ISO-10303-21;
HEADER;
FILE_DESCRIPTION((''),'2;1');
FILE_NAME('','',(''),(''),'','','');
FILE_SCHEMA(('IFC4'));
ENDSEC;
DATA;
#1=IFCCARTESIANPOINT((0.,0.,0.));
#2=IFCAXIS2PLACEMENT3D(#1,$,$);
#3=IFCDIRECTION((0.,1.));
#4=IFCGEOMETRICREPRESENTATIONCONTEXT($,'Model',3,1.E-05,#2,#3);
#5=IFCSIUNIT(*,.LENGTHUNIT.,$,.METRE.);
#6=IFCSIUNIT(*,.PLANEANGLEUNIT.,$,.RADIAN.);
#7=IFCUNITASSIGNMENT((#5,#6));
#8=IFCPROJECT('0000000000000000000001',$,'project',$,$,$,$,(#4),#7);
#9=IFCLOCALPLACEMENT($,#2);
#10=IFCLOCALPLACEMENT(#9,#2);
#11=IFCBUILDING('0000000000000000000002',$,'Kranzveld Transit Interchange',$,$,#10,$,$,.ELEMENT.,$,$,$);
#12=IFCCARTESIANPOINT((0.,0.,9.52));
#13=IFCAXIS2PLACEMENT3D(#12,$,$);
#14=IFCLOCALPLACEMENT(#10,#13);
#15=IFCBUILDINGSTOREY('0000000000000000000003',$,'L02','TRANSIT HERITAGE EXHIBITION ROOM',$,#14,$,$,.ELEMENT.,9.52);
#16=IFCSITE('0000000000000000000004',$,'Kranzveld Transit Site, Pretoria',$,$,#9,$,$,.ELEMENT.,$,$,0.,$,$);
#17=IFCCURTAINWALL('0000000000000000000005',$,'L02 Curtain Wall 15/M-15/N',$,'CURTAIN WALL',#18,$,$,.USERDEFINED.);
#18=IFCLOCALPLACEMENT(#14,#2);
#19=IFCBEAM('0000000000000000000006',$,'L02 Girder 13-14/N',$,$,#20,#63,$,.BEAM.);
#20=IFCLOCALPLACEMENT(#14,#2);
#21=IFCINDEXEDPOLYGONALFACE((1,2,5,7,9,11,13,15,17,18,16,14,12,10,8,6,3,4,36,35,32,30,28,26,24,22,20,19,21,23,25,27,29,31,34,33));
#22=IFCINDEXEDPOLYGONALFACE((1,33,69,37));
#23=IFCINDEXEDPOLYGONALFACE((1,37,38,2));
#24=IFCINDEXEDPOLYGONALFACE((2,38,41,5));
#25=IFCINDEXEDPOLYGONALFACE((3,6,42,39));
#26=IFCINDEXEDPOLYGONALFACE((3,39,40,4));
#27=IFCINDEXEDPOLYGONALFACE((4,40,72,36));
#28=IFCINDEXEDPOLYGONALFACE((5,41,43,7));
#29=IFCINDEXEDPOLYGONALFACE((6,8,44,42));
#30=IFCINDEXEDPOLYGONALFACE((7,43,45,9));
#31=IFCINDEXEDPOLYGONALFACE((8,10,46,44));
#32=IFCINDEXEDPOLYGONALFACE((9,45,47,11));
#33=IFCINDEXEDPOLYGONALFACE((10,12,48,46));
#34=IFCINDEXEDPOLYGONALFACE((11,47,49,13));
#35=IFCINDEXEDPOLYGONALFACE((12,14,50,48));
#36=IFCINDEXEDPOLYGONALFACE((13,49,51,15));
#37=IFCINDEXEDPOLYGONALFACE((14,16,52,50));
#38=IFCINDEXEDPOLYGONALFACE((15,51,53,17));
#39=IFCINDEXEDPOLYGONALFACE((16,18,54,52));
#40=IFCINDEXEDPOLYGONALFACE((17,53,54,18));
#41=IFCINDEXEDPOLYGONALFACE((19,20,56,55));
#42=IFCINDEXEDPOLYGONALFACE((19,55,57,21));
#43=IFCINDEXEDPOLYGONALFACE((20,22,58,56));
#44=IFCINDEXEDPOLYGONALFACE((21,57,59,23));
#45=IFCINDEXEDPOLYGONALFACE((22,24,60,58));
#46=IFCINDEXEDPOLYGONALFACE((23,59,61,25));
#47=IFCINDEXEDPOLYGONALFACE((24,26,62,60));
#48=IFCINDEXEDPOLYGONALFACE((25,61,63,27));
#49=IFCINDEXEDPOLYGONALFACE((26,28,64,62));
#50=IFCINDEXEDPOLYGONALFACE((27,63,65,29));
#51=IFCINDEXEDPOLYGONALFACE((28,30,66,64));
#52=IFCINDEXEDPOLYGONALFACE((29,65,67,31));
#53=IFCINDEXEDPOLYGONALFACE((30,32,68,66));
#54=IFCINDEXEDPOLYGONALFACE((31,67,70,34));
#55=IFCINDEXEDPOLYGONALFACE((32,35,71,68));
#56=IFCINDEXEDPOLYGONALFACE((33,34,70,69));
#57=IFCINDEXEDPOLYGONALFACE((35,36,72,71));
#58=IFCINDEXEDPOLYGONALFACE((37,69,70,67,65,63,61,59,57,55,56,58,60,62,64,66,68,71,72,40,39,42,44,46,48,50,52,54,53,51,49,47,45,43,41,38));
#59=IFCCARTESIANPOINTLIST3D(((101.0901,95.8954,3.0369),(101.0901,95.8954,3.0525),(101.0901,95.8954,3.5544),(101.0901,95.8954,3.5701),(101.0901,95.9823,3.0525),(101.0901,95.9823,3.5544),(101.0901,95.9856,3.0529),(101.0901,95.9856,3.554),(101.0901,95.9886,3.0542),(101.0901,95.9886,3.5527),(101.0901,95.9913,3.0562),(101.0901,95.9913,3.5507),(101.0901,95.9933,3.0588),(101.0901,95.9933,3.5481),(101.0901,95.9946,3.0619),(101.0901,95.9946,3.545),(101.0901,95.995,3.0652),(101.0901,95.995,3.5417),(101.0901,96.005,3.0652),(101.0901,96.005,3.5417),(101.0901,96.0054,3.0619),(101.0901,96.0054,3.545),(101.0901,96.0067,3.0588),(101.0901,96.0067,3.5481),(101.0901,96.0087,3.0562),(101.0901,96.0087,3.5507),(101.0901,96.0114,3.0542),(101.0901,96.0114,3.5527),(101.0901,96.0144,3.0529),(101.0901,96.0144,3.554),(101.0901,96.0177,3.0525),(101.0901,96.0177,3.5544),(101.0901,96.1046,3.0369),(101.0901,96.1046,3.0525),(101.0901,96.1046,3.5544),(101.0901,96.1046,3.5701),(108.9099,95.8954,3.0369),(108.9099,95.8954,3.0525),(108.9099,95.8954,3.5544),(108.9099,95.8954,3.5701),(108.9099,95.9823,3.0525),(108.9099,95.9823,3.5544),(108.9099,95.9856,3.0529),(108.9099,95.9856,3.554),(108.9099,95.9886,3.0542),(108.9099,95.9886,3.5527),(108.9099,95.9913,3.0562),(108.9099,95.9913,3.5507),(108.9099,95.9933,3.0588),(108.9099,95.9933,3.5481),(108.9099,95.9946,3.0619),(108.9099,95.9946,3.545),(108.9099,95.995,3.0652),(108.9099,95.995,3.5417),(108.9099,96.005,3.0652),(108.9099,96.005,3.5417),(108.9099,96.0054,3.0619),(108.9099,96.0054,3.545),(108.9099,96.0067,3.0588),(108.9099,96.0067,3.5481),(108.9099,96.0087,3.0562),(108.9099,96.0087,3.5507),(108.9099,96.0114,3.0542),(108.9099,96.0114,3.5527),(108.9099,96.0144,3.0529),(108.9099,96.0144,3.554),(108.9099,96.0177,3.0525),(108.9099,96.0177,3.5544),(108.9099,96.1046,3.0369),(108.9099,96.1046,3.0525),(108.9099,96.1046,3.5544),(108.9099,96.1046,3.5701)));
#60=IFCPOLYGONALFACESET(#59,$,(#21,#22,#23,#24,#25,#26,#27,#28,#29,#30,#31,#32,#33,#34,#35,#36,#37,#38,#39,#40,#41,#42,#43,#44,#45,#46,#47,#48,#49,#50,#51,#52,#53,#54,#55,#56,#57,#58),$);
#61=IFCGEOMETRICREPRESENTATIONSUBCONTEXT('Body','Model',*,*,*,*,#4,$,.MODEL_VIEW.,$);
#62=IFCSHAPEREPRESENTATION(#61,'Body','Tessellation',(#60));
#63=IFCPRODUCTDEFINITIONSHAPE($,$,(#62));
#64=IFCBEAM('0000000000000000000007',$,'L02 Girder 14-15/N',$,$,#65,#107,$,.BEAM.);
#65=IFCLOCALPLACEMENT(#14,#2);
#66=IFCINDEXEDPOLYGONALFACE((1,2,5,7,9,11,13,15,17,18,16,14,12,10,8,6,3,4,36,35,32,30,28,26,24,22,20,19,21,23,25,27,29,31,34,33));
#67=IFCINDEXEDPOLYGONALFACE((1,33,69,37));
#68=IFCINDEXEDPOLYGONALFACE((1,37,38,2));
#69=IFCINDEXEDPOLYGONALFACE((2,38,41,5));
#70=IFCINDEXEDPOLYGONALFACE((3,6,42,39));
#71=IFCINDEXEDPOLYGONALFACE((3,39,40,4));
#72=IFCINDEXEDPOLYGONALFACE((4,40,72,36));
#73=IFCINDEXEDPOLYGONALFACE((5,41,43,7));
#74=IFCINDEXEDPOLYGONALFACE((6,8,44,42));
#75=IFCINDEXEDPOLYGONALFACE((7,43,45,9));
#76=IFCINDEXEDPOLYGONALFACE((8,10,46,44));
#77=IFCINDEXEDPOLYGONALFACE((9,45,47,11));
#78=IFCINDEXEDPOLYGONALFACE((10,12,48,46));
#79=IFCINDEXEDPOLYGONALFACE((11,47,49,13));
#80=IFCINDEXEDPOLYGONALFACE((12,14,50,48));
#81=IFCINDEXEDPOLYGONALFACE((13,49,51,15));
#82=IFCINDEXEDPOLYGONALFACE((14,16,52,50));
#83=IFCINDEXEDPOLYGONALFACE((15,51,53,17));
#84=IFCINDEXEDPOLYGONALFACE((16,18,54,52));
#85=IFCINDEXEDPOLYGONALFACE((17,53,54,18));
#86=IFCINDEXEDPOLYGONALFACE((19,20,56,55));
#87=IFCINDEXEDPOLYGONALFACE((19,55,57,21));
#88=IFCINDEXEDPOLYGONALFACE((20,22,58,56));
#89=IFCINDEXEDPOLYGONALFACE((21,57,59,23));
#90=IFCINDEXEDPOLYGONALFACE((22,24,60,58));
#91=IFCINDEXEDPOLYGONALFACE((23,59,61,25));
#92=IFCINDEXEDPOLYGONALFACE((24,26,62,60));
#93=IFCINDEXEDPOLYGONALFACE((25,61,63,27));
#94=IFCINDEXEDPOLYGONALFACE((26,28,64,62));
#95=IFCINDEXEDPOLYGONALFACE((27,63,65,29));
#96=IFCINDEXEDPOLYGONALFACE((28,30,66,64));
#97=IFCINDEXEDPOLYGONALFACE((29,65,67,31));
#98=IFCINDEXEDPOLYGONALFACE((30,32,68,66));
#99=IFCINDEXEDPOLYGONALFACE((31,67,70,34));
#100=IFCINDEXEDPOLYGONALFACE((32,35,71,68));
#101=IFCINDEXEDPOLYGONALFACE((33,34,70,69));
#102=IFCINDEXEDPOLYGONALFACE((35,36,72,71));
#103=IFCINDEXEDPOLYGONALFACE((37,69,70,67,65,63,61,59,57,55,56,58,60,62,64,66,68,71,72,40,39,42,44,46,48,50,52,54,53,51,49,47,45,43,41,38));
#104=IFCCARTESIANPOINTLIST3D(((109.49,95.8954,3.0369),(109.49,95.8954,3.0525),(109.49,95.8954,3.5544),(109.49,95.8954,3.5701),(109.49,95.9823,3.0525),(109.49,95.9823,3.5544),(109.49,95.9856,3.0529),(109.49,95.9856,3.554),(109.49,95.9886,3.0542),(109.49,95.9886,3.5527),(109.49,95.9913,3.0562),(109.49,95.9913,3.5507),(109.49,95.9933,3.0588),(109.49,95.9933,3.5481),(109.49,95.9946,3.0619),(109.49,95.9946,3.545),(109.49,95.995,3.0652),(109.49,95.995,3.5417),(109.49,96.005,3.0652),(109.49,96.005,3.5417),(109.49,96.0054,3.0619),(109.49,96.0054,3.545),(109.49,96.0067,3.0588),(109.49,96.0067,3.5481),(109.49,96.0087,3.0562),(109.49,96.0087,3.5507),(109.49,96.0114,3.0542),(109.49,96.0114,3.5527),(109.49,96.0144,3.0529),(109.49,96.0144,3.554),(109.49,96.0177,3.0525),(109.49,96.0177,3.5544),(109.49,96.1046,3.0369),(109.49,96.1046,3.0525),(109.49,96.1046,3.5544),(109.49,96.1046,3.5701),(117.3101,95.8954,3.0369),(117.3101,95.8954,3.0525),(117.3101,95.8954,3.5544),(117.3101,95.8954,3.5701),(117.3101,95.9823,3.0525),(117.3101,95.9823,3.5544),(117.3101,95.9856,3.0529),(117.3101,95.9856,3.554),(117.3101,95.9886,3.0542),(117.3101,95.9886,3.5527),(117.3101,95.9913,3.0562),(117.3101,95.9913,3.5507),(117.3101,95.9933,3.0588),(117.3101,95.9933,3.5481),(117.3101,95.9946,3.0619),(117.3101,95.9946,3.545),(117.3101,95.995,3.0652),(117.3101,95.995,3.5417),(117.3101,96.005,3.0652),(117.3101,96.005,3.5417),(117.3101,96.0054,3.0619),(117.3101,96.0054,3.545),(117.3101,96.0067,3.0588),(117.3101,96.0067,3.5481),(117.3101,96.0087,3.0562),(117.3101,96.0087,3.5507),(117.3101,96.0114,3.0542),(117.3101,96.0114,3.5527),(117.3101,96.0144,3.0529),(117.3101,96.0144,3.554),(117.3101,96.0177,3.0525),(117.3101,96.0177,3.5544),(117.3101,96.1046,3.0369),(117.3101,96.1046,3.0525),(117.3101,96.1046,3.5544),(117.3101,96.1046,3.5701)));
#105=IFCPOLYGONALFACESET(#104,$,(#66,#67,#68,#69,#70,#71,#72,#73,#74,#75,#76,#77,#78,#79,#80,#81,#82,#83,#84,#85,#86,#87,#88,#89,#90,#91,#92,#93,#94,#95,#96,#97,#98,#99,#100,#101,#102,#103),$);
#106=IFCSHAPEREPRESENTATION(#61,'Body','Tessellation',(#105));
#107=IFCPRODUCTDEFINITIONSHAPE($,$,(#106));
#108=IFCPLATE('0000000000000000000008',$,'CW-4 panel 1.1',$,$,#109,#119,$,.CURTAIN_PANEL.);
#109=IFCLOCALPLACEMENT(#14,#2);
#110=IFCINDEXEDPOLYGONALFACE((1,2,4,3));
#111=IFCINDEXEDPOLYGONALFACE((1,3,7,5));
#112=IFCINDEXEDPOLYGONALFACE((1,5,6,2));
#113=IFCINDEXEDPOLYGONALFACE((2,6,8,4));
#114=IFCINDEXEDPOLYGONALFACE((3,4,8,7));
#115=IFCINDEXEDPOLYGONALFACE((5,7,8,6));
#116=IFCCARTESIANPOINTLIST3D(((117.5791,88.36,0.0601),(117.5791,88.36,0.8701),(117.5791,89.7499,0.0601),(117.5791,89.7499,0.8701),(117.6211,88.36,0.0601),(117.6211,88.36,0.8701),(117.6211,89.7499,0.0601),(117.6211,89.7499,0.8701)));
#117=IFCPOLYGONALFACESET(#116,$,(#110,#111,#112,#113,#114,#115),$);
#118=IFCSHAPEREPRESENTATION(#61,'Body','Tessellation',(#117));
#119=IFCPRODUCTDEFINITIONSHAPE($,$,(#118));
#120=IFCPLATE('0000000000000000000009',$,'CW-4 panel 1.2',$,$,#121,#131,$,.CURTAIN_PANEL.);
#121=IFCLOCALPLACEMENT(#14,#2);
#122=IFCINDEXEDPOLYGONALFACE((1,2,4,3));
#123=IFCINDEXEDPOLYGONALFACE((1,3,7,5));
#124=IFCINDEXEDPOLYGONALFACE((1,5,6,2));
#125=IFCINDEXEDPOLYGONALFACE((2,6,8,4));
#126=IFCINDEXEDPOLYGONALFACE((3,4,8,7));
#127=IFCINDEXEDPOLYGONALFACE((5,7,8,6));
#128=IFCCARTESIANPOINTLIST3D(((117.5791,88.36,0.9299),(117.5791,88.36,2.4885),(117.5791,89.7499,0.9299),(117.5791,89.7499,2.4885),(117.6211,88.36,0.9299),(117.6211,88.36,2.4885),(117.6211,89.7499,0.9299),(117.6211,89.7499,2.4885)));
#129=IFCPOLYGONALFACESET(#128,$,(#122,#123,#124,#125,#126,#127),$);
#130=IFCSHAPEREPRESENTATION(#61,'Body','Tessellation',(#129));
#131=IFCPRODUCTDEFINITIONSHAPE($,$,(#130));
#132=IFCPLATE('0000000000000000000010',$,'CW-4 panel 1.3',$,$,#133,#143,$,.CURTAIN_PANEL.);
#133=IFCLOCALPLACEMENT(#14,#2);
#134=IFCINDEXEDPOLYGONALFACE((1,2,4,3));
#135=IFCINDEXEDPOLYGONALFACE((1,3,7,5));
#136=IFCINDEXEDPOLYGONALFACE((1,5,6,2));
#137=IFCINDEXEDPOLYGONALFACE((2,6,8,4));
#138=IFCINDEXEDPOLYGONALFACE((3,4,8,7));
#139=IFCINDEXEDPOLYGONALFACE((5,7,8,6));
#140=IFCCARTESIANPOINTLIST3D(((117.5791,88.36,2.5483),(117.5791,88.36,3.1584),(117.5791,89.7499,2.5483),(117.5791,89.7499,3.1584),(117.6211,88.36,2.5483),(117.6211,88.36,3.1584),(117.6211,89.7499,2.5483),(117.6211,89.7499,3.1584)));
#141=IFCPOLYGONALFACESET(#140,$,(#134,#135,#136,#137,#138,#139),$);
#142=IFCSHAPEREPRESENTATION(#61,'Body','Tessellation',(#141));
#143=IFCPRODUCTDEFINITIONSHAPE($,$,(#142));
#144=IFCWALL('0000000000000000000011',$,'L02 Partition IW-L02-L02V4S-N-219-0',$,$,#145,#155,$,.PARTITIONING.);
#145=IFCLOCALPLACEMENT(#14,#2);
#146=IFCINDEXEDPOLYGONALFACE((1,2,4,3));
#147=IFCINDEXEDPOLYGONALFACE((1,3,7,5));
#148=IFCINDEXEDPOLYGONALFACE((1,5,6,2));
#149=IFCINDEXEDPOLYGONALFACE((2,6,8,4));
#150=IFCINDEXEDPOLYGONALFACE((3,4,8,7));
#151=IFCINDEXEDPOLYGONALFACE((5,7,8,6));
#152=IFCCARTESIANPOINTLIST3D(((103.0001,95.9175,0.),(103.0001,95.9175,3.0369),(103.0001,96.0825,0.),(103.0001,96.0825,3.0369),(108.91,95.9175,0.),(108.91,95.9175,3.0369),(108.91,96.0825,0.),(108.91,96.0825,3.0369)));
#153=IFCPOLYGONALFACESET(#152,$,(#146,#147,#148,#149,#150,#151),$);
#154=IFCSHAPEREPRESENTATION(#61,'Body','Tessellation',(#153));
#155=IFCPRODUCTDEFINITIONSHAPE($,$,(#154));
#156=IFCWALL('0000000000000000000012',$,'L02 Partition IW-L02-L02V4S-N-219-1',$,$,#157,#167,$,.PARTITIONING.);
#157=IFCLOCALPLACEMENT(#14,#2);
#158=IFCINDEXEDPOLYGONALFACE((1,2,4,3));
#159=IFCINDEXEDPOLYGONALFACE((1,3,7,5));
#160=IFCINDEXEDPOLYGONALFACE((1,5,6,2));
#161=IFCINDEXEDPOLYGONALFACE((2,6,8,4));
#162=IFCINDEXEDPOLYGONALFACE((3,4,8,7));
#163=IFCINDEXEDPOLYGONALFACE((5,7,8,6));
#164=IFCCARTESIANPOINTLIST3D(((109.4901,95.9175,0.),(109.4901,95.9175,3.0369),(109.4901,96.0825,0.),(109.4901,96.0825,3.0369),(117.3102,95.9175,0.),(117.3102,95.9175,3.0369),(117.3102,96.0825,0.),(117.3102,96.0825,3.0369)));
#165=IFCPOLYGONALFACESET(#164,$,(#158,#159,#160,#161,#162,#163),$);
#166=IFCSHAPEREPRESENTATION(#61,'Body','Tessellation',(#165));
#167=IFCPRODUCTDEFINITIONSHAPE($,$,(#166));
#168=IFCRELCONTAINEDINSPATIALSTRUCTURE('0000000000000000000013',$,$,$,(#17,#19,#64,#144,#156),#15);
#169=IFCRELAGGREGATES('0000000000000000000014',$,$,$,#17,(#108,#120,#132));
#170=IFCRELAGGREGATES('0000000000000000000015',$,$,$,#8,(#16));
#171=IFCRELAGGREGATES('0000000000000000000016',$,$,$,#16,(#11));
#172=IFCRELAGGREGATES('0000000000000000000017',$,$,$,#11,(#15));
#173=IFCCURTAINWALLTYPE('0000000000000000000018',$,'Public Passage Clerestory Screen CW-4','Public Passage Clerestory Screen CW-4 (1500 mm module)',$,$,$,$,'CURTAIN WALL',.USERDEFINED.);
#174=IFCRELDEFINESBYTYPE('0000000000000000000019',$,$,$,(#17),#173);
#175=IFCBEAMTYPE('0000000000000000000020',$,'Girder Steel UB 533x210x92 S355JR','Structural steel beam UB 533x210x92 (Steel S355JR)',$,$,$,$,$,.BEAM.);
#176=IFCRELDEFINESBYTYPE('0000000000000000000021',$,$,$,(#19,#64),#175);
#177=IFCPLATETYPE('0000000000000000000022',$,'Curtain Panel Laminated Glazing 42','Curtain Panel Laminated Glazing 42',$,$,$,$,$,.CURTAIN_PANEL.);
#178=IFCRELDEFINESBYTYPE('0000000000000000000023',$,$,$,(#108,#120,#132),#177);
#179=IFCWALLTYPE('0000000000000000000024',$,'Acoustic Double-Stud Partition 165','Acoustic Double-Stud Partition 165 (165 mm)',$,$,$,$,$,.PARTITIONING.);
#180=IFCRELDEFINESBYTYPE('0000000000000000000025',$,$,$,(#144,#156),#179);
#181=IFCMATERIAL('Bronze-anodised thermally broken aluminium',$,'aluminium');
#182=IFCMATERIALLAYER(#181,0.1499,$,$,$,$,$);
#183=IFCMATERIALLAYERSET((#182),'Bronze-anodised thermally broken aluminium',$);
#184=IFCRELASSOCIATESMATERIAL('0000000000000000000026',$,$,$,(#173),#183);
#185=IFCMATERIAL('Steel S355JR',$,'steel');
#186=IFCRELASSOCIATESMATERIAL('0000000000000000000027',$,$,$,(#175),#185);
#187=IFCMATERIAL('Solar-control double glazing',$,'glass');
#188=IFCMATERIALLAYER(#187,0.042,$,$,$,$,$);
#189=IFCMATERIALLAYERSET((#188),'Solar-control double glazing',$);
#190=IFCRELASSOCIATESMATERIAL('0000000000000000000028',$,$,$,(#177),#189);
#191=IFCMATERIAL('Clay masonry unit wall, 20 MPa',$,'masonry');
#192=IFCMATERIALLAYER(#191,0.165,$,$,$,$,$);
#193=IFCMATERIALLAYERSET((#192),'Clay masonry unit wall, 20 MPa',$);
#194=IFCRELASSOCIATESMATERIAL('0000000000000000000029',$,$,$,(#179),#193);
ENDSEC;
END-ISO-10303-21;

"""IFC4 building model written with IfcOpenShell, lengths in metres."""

from ifc_helpers import new_model, si_unit, direction, frame, frame_2d, origin, origin_2d, place, context, subcontext, project, spatial, rectangle, i_section, extrude, material, layer, layer_set, material_profile, profile_set, type_object, element, aggregate, save


model = new_model("IFC4")

# Units and contexts
model_context = context("Model", 3, precision=1e-05, world=origin(), true_north=direction((0.0, 1.0)))
body_context = subcontext(model_context, "Body", "Model", "MODEL_VIEW")
ifc_project = project(units=[si_unit("LENGTHUNIT", "METRE"), si_unit("PLANEANGLEUNIT", "RADIAN")], contexts=[model_context])

# Site, building, storey
site_placement = place(None, origin())
site = spatial("IfcSite", under=ifc_project, at=site_placement, Name="Kranzveld Transit Site, Pretoria", CompositionType="ELEMENT", RefElevation=0.0)
building_placement = place(site_placement, origin())
building = spatial("IfcBuilding", under=site, at=building_placement, Name="Kranzveld Transit Interchange", CompositionType="ELEMENT")
storey_placement = place(building_placement, frame((0.0, 0.0, 9.52)))
storey = spatial("IfcBuildingStorey", under=building, at=storey_placement, Name="L02", Description="TRANSIT HERITAGE EXHIBITION ROOM", CompositionType="ELEMENT", Elevation=9.52)

# Curtain wall
ifc_material_1 = material(Name="Bronze-anodised thermally broken aluminium", Category="aluminium")
ifc_layer_1 = layer(ifc_material_1, 0.1499)
ifc_layer_set_1 = layer_set([ifc_layer_1], Name="Bronze-anodised thermally broken aluminium")
curtain_wall_type_1 = type_object("IfcCurtainWallType", Name="Public Passage Clerestory Screen CW-4", Description="Public Passage Clerestory Screen CW-4 (1500 mm module)", ElementType="CURTAIN WALL", PredefinedType="USERDEFINED", material=ifc_layer_set_1)
curtain_wall_1_placement = place(storey_placement, origin())
curtain_wall_1 = element("IfcCurtainWall", 1, at=curtain_wall_1_placement, inside=storey, type_object=curtain_wall_type_1, Name="L02 Curtain Wall 15/M-15/N", ObjectType="CURTAIN WALL", PredefinedType="USERDEFINED")

# Beams
ifc_material_2 = material(Name="Steel S355JR", Category="steel")
ifc_material_profile_1 = material_profile(ifc_material_2, i_section(OverallWidth=0.2092, OverallDepth=0.5332, WebThickness=0.01, FlangeThickness=0.0156, FilletRadius=0.0127, at=origin_2d()), Name="UB 533x210x92")
ifc_profile_set_1 = profile_set([ifc_material_profile_1], Name="Steel S355JR")
beam_type_1 = type_object("IfcBeamType", Name="Girder Steel UB 533x210x92 S355JR", Description="Structural steel beam UB 533x210x92 (Steel S355JR)", PredefinedType="BEAM", material=ifc_profile_set_1)
beam_1_placement = place(storey_placement, frame((101.0901, 96.0, 3.3035), z_axis=(1.0, 0.0, 0.0), x_axis=(0.0, 1.0, 0.0)))
element("IfcBeam", 2, at=beam_1_placement, inside=storey, type_object=beam_type_1, Name="L02 Girder 13-14/N", PredefinedType="BEAM", context=body_context, shape_type="SweptSolid", body=[
    extrude(i_section(OverallWidth=0.2092, OverallDepth=0.5332, WebThickness=0.01, FlangeThickness=0.0156, FilletRadius=0.0127, at=origin_2d()), origin(), (0.0, 0.0, 1.0), 7.8198),
])
beam_2_placement = place(storey_placement, frame((109.49, 96.0, 3.3035), z_axis=(1.0, 0.0, 0.0), x_axis=(0.0, 1.0, 0.0)))
element("IfcBeam", 3, at=beam_2_placement, inside=storey, type_object=beam_type_1, Name="L02 Girder 14-15/N", PredefinedType="BEAM", context=body_context, shape_type="SweptSolid", body=[
    extrude(i_section(OverallWidth=0.2092, OverallDepth=0.5332, WebThickness=0.01, FlangeThickness=0.0156, FilletRadius=0.0127, at=origin_2d()), origin(), (0.0, 0.0, 1.0), 7.8201),
])

# Plates
ifc_material_3 = material(Name="Solar-control double glazing", Category="glass")
ifc_layer_2 = layer(ifc_material_3, 0.042)
ifc_layer_set_2 = layer_set([ifc_layer_2], Name="Solar-control double glazing")
plate_type = type_object("IfcPlateType", Name="Curtain Panel Laminated Glazing 42", Description="Curtain Panel Laminated Glazing 42", PredefinedType="CURTAIN_PANEL", material=ifc_layer_set_2)
plate_1_placement = place(storey_placement, frame((117.6001, 89.0549, 0.0601), z_axis=(0.0, 0.0, 1.0), x_axis=(0.0, 1.0, 0.0)))
plate_1 = element("IfcPlate", 4, at=plate_1_placement, type_object=plate_type, Name="CW-4 panel 1.1", PredefinedType="CURTAIN_PANEL", context=body_context, shape_type="SweptSolid", body=[
    extrude(rectangle(XDim=1.3899, YDim=0.042, at=origin_2d()), origin(), (0.0, 0.0, 1.0), 0.8101),
])
plate_2_placement = place(storey_placement, frame((117.6001, 89.0549, 0.9299), z_axis=(0.0, 0.0, 1.0), x_axis=(0.0, 1.0, 0.0)))
plate_2 = element("IfcPlate", 5, at=plate_2_placement, type_object=plate_type, Name="CW-4 panel 1.2", PredefinedType="CURTAIN_PANEL", context=body_context, shape_type="SweptSolid", body=[
    extrude(rectangle(XDim=1.3899, YDim=0.042, at=origin_2d()), origin(), (0.0, 0.0, 1.0), 1.5586),
])
plate_3_placement = place(storey_placement, frame((117.6001, 89.0549, 2.5483), z_axis=(0.0, 0.0, 1.0), x_axis=(0.0, 1.0, 0.0)))
plate_3 = element("IfcPlate", 6, at=plate_3_placement, type_object=plate_type, Name="CW-4 panel 1.3", PredefinedType="CURTAIN_PANEL", context=body_context, shape_type="SweptSolid", body=[
    extrude(rectangle(XDim=1.3899, YDim=0.042, at=origin_2d()), origin(), (0.0, 0.0, 1.0), 0.6101),
])
aggregate(curtain_wall_1, [plate_1, plate_2, plate_3])

# Walls
ifc_material_4 = material(Name="Clay masonry unit wall, 20 MPa", Category="masonry")
ifc_layer_3 = layer(ifc_material_4, 0.165)
ifc_layer_set_3 = layer_set([ifc_layer_3], Name="Clay masonry unit wall, 20 MPa")
wall_type_1 = type_object("IfcWallType", Name="Acoustic Double-Stud Partition 165", Description="Acoustic Double-Stud Partition 165 (165 mm)", PredefinedType="PARTITIONING", material=ifc_layer_set_3)
wall_1_placement = place(storey_placement, frame((103.0, 96.0, 0.0), z_axis=(0.0, 0.0, 1.0), x_axis=(1.0, 0.0, 0.0)))
element("IfcWall", 7, at=wall_1_placement, inside=storey, type_object=wall_type_1, Name="L02 Partition IW-L02-L02V4S-N-219-0", PredefinedType="PARTITIONING", context=body_context, shape_type="SweptSolid", body=[
    extrude(rectangle(XDim=5.9099, YDim=0.165, at=frame_2d((2.9551, 0.0))), origin(), (0.0, 0.0, 1.0), 3.0369),
])
wall_2_placement = place(storey_placement, frame((109.49, 96.0, 0.0), z_axis=(0.0, 0.0, 1.0), x_axis=(1.0, 0.0, 0.0)))
element("IfcWall", 8, at=wall_2_placement, inside=storey, type_object=wall_type_1, Name="L02 Partition IW-L02-L02V4S-N-219-1", PredefinedType="PARTITIONING", context=body_context, shape_type="SweptSolid", body=[
    extrude(rectangle(XDim=7.8201, YDim=0.165, at=frame_2d((3.9102, 0.0))), origin(), (0.0, 0.0, 1.0), 3.0369),
])

save(model, "model.ifc")
